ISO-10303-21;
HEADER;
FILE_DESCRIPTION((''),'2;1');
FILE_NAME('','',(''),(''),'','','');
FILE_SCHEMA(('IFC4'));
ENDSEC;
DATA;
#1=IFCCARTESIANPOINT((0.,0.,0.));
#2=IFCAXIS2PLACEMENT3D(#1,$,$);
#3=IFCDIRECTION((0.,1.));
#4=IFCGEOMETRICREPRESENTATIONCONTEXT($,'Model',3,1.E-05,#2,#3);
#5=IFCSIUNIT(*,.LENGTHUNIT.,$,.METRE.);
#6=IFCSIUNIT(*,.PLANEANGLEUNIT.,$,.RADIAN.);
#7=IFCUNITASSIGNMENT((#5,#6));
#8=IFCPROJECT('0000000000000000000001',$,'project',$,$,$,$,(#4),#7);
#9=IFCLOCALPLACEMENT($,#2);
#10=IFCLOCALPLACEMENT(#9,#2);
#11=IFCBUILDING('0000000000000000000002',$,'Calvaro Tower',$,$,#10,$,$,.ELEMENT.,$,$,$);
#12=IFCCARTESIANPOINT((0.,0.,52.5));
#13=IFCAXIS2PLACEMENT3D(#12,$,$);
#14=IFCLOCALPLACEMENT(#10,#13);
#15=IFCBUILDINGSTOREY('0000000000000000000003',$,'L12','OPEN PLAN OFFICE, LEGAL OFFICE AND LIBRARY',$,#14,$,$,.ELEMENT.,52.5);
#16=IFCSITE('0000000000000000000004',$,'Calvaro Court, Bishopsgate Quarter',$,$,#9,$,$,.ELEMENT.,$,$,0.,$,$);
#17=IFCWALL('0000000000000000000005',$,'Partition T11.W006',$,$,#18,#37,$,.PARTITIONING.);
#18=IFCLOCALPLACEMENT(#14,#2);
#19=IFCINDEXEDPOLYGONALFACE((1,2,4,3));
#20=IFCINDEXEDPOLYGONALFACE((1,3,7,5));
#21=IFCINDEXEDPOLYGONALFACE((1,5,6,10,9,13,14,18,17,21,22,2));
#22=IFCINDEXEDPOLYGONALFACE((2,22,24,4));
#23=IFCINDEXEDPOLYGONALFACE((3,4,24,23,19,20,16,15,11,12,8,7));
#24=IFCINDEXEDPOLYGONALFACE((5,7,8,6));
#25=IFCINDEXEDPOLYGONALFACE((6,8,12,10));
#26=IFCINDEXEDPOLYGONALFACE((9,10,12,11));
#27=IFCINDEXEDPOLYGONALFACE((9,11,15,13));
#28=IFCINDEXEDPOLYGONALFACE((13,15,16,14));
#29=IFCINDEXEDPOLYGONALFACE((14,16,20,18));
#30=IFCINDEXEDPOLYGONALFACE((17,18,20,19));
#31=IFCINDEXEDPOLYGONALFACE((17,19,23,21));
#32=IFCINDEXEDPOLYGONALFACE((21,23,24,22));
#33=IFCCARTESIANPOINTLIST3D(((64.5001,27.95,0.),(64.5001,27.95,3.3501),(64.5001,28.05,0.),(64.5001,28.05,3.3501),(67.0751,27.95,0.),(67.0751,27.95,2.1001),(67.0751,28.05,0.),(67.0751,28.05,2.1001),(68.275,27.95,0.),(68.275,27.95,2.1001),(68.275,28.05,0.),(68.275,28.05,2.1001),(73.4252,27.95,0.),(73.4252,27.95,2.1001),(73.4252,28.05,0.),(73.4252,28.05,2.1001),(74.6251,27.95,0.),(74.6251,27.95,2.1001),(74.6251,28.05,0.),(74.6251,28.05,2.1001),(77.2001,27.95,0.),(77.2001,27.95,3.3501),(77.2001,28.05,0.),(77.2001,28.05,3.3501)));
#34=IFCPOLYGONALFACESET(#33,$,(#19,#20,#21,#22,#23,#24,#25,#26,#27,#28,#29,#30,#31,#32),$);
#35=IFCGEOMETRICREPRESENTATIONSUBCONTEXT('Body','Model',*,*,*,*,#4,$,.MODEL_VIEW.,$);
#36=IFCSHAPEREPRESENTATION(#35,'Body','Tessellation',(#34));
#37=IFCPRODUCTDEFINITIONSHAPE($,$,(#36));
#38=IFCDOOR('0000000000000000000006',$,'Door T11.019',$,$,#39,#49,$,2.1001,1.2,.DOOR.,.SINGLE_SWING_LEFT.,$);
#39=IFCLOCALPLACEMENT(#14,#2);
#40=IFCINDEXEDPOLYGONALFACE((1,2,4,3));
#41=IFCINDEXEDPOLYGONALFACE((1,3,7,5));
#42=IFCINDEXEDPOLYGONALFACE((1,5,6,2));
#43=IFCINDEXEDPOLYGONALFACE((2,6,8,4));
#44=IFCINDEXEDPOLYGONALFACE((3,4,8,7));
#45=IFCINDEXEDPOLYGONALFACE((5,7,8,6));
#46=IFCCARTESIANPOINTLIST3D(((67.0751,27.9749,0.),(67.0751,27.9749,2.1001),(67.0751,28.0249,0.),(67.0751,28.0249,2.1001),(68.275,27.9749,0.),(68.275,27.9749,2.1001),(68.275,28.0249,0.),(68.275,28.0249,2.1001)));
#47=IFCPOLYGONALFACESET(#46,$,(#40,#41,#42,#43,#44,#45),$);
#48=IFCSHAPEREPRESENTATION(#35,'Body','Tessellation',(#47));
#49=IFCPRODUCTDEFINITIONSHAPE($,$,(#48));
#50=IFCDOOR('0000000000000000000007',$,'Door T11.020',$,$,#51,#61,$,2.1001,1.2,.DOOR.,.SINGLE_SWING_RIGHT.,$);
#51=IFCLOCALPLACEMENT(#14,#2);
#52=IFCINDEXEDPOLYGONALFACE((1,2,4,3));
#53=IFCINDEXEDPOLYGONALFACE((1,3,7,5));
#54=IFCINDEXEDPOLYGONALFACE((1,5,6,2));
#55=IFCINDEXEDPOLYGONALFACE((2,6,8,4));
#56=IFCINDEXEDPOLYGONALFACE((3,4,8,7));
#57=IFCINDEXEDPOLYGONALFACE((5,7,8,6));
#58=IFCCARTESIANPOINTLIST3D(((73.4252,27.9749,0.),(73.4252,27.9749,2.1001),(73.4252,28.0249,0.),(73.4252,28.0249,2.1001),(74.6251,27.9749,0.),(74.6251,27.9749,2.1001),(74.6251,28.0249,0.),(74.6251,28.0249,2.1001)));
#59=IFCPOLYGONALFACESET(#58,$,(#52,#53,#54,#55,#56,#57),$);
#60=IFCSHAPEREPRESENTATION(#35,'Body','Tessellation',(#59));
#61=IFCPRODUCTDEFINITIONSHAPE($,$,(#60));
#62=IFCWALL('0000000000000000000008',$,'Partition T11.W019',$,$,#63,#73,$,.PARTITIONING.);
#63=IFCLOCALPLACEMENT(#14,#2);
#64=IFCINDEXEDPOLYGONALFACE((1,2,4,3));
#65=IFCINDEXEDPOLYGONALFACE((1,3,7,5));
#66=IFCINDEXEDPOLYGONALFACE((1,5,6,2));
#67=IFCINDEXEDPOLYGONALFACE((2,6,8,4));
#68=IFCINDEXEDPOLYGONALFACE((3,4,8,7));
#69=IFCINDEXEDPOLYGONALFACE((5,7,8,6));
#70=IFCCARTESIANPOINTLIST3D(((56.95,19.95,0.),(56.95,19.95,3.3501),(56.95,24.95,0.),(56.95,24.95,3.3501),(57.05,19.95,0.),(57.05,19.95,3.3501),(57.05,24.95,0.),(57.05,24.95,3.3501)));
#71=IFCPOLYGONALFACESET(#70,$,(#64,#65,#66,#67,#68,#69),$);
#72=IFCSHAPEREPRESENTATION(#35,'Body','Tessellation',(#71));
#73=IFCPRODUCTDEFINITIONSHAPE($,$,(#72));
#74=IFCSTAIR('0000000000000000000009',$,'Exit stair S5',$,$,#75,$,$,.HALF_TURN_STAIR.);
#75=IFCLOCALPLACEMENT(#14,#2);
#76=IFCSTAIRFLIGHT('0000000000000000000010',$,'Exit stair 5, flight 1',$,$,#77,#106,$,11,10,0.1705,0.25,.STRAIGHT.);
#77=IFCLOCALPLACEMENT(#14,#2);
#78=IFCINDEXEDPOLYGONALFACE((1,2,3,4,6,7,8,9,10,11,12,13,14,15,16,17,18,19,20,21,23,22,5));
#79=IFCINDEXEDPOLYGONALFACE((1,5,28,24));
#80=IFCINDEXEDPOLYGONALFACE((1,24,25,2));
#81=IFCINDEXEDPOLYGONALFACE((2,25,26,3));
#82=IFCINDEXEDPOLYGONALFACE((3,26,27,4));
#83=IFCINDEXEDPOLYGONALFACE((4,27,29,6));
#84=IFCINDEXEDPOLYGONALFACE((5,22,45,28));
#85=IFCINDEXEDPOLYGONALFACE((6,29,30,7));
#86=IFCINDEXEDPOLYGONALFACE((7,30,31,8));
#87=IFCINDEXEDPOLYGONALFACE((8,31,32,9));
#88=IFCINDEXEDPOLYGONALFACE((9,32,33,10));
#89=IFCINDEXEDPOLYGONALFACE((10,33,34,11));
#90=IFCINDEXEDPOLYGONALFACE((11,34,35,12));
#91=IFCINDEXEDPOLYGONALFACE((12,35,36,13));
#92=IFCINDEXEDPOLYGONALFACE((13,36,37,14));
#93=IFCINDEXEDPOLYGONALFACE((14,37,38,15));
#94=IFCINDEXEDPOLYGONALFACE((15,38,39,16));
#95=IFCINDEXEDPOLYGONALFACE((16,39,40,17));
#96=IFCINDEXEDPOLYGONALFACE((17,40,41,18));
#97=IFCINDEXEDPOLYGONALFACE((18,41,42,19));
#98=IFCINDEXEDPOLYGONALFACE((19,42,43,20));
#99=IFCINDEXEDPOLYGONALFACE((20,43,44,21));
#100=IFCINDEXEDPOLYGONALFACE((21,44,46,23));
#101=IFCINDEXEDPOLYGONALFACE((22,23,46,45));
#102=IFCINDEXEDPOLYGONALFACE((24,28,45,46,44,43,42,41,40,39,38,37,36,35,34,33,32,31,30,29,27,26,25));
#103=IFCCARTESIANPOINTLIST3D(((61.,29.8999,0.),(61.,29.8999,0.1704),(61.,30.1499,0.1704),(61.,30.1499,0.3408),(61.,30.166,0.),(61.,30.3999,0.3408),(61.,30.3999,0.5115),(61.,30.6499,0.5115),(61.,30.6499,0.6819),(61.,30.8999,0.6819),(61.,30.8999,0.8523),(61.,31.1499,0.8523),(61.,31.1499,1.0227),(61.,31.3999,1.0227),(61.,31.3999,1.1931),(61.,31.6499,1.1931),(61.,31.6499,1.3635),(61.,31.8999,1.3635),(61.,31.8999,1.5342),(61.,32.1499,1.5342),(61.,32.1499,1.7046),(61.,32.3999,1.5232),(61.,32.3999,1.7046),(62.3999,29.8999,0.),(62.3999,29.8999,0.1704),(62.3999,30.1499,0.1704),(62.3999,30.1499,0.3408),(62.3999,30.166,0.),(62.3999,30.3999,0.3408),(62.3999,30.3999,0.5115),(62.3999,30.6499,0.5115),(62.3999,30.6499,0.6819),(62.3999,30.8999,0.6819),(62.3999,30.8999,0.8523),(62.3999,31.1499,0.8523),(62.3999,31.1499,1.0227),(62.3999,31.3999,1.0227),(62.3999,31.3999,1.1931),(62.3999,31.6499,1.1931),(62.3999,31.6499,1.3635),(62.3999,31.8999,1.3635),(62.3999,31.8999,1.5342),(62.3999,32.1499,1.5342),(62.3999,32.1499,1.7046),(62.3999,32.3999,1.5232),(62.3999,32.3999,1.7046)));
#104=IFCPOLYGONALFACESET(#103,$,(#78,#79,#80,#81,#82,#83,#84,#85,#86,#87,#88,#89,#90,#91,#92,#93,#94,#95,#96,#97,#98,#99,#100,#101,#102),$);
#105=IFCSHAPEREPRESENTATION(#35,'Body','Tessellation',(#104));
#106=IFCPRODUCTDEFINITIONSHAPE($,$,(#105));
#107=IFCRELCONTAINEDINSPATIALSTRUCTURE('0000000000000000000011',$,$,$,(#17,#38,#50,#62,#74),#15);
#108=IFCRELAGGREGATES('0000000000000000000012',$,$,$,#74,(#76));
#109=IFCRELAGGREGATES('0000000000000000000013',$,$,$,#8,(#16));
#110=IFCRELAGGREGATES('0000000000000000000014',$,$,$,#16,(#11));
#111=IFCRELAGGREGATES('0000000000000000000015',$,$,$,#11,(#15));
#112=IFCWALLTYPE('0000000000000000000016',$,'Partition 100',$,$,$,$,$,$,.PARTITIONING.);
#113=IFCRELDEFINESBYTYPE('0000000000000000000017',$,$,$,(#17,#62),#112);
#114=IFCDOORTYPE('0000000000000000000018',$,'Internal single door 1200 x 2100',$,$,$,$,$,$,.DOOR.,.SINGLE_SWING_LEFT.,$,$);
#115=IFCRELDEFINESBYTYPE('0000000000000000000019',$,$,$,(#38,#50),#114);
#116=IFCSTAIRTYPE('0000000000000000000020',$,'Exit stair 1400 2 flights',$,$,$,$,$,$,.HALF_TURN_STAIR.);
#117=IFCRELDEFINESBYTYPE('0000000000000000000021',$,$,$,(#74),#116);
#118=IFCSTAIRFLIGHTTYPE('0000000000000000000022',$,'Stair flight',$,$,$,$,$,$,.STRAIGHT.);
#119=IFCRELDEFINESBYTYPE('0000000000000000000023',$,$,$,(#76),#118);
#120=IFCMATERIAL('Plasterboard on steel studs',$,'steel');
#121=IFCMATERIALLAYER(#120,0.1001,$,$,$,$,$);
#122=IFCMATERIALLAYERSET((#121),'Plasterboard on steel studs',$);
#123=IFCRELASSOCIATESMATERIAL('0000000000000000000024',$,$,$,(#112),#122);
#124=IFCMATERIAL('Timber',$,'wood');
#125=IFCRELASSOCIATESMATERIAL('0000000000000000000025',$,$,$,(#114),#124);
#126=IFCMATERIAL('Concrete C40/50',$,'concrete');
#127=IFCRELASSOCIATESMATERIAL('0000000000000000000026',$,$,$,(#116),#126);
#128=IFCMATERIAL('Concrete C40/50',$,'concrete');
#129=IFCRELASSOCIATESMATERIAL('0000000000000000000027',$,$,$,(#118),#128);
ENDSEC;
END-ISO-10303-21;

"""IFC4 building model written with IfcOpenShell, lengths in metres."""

from ifc_helpers import new_model, si_unit, direction, frame, frame_2d, origin, place, context, subcontext, project, spatial, polyline, rectangle, outline, extrude, material, layer, layer_set, type_object, element, fill, aggregate, save


model = new_model("IFC4")

# Units and contexts
model_context = context("Model", 3, precision=1e-05, world=origin(), true_north=direction((0.0, 1.0)))
body_context = subcontext(model_context, "Body", "Model", "MODEL_VIEW")
ifc_project = project(units=[si_unit("LENGTHUNIT", "METRE"), si_unit("PLANEANGLEUNIT", "RADIAN")], contexts=[model_context])

# Site, building, storey
site_placement = place(None, origin())
site = spatial("IfcSite", under=ifc_project, at=site_placement, Name="Calvaro Court, Bishopsgate Quarter", CompositionType="ELEMENT", RefElevation=0.0)
building_placement = place(site_placement, origin())
building = spatial("IfcBuilding", under=site, at=building_placement, Name="Calvaro Tower", CompositionType="ELEMENT")
storey_placement = place(building_placement, frame((0.0, 0.0, 52.5)))
storey = spatial("IfcBuildingStorey", under=building, at=storey_placement, Name="L12", Description="OPEN PLAN OFFICE, LEGAL OFFICE AND LIBRARY", CompositionType="ELEMENT", Elevation=52.5)

# Wall, openings, doors
ifc_material_1 = material(Name="Plasterboard on steel studs", Category="steel")
ifc_layer_1 = layer(ifc_material_1, 0.1001)
ifc_layer_set_1 = layer_set([ifc_layer_1], Name="Plasterboard on steel studs")
wall_type_1 = type_object("IfcWallType", Name="Partition 100", PredefinedType="PARTITIONING", material=ifc_layer_set_1)
wall_1_placement = place(storey_placement, frame((64.5, 28.0, 0.0), z_axis=(0.0, 0.0, 1.0), x_axis=(1.0, 0.0, 0.0)))
wall_1 = element("IfcWall", 1, at=wall_1_placement, inside=storey, type_object=wall_type_1, Name="Partition T11.W006", PredefinedType="PARTITIONING", context=body_context, shape_type="SweptSolid", body=[
    extrude(rectangle(XDim=12.7, YDim=0.1001, at=frame_2d((6.3501, 0.0))), origin(), (0.0, 0.0, 1.0), 3.3501),
])
opening_1_placement = place(wall_1_placement, frame((2.575, 0.0, 0.0)))
opening_1 = element("IfcOpeningElement", 2, at=opening_1_placement, cuts=wall_1, PredefinedType="OPENING", context=body_context, shape_type="SweptSolid", body=[
    extrude(rectangle(XDim=1.2, YDim=2.1001, at=frame_2d((0.6001, 1.05))), frame((0.0, 0.0601, 0.0), z_axis=(0.0, -1.0, 0.0), x_axis=(1.0, 0.0, 0.0)), (0.0, 0.0, 1.0), 0.1201),
])
opening_2_placement = place(wall_1_placement, frame((8.925, 0.0, 0.0)))
opening_2 = element("IfcOpeningElement", 3, at=opening_2_placement, cuts=wall_1, PredefinedType="OPENING", context=body_context, shape_type="SweptSolid", body=[
    extrude(rectangle(XDim=1.2, YDim=2.1001, at=frame_2d((0.6001, 1.05))), frame((0.0, 0.0601, 0.0), z_axis=(0.0, -1.0, 0.0), x_axis=(1.0, 0.0, 0.0)), (0.0, 0.0, 1.0), 0.1201),
])
ifc_material_2 = material(Name="Timber", Category="wood")
door_type_1 = type_object("IfcDoorType", Name="Internal single door 1200 x 2100", OperationType="SINGLE_SWING_LEFT", PredefinedType="DOOR", material=ifc_material_2)
door_1_placement = place(opening_1_placement, origin())
door_1 = element("IfcDoor", 4, at=door_1_placement, inside=storey, type_object=door_type_1, Name="Door T11.019", OperationType="SINGLE_SWING_LEFT", OverallHeight=2.1001, OverallWidth=1.2, PredefinedType="DOOR", context=body_context, shape_type="SweptSolid", body=[
    extrude(rectangle(XDim=1.2, YDim=2.1001, at=frame_2d((0.6001, 1.05))), frame((0.0, 0.0249, 0.0), z_axis=(0.0, -1.0, 0.0), x_axis=(1.0, 0.0, 0.0)), (0.0, 0.0, 1.0), 0.05),
])
fill(opening_1, door_1)
door_2_placement = place(opening_2_placement, origin())
door_2 = element("IfcDoor", 5, at=door_2_placement, inside=storey, type_object=door_type_1, Name="Door T11.020", OperationType="SINGLE_SWING_RIGHT", OverallHeight=2.1001, OverallWidth=1.2, PredefinedType="DOOR", context=body_context, shape_type="SweptSolid", body=[
    extrude(rectangle(XDim=1.2, YDim=2.1001, at=frame_2d((0.6001, 1.05))), frame((0.0, 0.0249, 0.0), z_axis=(0.0, -1.0, 0.0), x_axis=(1.0, 0.0, 0.0)), (0.0, 0.0, 1.0), 0.05),
])
fill(opening_2, door_2)

# Wall
wall_2_placement = place(storey_placement, frame((57.0, 19.95, 0.0), z_axis=(0.0, 0.0, 1.0), x_axis=(0.0, 1.0, 0.0)))
element("IfcWall", 6, at=wall_2_placement, inside=storey, type_object=wall_type_1, Name="Partition T11.W019", PredefinedType="PARTITIONING", context=body_context, shape_type="SweptSolid", body=[
    extrude(rectangle(XDim=5.0, YDim=0.1001, at=frame_2d((2.5, 0.0))), origin(), (0.0, 0.0, 1.0), 3.3501),
])

# Stair, stair flight
ifc_material_3 = material(Name="Concrete C40/50", Category="concrete")
stair_type = type_object("IfcStairType", Name="Exit stair 1400 2 flights", PredefinedType="HALF_TURN_STAIR", material=ifc_material_3)
stair_placement = place(storey_placement, origin())
stair = element("IfcStair", 7, at=stair_placement, inside=storey, type_object=stair_type, Name="Exit stair S5", PredefinedType="HALF_TURN_STAIR")
ifc_material_4 = material(Name="Concrete C40/50", Category="concrete")
stair_flight_type = type_object("IfcStairFlightType", Name="Stair flight", PredefinedType="STRAIGHT", material=ifc_material_4)
stair_flight_placement = place(storey_placement, frame((61.7, 29.8999, 0.0), z_axis=(0.0, 0.0, 1.0), x_axis=(0.0, 1.0, 0.0)))
stair_flight = element("IfcStairFlight", 8, at=stair_flight_placement, type_object=stair_flight_type, Name="Exit stair 5, flight 1", NumberOfRisers=11, NumberOfTreads=10, PredefinedType="STRAIGHT", RiserHeight=0.1705, TreadLength=0.25, context=body_context, shape_type="SweptSolid", body=[
    extrude(outline(polyline([(0.0, 0.0), (0.0, 0.1704), (0.25, 0.1704), (0.25, 0.3408), (0.5, 0.3408), (0.5, 0.5115), (0.75, 0.5115), (0.75, 0.6819), (1.0, 0.6819), (1.0, 0.8523), (1.25, 0.8523), (1.25, 1.0227), (1.5, 1.0227), (1.5, 1.1931), (1.75, 1.1931), (1.75, 1.3635), (2.0, 1.3635), (2.0, 1.5342), (2.25, 1.5342), (2.25, 1.7046), (2.5, 1.7046), (2.5, 1.875), (2.5, 1.5232), (0.2661, 0.0), (0.0, 0.0)])), frame((0.0, 0.7, 0.0), z_axis=(0.0, -1.0, 0.0), x_axis=(1.0, 0.0, 0.0)), (0.0, 0.0, 1.0), 1.3999),
])
aggregate(stair, [stair_flight])

save(model, "model.ifc")
